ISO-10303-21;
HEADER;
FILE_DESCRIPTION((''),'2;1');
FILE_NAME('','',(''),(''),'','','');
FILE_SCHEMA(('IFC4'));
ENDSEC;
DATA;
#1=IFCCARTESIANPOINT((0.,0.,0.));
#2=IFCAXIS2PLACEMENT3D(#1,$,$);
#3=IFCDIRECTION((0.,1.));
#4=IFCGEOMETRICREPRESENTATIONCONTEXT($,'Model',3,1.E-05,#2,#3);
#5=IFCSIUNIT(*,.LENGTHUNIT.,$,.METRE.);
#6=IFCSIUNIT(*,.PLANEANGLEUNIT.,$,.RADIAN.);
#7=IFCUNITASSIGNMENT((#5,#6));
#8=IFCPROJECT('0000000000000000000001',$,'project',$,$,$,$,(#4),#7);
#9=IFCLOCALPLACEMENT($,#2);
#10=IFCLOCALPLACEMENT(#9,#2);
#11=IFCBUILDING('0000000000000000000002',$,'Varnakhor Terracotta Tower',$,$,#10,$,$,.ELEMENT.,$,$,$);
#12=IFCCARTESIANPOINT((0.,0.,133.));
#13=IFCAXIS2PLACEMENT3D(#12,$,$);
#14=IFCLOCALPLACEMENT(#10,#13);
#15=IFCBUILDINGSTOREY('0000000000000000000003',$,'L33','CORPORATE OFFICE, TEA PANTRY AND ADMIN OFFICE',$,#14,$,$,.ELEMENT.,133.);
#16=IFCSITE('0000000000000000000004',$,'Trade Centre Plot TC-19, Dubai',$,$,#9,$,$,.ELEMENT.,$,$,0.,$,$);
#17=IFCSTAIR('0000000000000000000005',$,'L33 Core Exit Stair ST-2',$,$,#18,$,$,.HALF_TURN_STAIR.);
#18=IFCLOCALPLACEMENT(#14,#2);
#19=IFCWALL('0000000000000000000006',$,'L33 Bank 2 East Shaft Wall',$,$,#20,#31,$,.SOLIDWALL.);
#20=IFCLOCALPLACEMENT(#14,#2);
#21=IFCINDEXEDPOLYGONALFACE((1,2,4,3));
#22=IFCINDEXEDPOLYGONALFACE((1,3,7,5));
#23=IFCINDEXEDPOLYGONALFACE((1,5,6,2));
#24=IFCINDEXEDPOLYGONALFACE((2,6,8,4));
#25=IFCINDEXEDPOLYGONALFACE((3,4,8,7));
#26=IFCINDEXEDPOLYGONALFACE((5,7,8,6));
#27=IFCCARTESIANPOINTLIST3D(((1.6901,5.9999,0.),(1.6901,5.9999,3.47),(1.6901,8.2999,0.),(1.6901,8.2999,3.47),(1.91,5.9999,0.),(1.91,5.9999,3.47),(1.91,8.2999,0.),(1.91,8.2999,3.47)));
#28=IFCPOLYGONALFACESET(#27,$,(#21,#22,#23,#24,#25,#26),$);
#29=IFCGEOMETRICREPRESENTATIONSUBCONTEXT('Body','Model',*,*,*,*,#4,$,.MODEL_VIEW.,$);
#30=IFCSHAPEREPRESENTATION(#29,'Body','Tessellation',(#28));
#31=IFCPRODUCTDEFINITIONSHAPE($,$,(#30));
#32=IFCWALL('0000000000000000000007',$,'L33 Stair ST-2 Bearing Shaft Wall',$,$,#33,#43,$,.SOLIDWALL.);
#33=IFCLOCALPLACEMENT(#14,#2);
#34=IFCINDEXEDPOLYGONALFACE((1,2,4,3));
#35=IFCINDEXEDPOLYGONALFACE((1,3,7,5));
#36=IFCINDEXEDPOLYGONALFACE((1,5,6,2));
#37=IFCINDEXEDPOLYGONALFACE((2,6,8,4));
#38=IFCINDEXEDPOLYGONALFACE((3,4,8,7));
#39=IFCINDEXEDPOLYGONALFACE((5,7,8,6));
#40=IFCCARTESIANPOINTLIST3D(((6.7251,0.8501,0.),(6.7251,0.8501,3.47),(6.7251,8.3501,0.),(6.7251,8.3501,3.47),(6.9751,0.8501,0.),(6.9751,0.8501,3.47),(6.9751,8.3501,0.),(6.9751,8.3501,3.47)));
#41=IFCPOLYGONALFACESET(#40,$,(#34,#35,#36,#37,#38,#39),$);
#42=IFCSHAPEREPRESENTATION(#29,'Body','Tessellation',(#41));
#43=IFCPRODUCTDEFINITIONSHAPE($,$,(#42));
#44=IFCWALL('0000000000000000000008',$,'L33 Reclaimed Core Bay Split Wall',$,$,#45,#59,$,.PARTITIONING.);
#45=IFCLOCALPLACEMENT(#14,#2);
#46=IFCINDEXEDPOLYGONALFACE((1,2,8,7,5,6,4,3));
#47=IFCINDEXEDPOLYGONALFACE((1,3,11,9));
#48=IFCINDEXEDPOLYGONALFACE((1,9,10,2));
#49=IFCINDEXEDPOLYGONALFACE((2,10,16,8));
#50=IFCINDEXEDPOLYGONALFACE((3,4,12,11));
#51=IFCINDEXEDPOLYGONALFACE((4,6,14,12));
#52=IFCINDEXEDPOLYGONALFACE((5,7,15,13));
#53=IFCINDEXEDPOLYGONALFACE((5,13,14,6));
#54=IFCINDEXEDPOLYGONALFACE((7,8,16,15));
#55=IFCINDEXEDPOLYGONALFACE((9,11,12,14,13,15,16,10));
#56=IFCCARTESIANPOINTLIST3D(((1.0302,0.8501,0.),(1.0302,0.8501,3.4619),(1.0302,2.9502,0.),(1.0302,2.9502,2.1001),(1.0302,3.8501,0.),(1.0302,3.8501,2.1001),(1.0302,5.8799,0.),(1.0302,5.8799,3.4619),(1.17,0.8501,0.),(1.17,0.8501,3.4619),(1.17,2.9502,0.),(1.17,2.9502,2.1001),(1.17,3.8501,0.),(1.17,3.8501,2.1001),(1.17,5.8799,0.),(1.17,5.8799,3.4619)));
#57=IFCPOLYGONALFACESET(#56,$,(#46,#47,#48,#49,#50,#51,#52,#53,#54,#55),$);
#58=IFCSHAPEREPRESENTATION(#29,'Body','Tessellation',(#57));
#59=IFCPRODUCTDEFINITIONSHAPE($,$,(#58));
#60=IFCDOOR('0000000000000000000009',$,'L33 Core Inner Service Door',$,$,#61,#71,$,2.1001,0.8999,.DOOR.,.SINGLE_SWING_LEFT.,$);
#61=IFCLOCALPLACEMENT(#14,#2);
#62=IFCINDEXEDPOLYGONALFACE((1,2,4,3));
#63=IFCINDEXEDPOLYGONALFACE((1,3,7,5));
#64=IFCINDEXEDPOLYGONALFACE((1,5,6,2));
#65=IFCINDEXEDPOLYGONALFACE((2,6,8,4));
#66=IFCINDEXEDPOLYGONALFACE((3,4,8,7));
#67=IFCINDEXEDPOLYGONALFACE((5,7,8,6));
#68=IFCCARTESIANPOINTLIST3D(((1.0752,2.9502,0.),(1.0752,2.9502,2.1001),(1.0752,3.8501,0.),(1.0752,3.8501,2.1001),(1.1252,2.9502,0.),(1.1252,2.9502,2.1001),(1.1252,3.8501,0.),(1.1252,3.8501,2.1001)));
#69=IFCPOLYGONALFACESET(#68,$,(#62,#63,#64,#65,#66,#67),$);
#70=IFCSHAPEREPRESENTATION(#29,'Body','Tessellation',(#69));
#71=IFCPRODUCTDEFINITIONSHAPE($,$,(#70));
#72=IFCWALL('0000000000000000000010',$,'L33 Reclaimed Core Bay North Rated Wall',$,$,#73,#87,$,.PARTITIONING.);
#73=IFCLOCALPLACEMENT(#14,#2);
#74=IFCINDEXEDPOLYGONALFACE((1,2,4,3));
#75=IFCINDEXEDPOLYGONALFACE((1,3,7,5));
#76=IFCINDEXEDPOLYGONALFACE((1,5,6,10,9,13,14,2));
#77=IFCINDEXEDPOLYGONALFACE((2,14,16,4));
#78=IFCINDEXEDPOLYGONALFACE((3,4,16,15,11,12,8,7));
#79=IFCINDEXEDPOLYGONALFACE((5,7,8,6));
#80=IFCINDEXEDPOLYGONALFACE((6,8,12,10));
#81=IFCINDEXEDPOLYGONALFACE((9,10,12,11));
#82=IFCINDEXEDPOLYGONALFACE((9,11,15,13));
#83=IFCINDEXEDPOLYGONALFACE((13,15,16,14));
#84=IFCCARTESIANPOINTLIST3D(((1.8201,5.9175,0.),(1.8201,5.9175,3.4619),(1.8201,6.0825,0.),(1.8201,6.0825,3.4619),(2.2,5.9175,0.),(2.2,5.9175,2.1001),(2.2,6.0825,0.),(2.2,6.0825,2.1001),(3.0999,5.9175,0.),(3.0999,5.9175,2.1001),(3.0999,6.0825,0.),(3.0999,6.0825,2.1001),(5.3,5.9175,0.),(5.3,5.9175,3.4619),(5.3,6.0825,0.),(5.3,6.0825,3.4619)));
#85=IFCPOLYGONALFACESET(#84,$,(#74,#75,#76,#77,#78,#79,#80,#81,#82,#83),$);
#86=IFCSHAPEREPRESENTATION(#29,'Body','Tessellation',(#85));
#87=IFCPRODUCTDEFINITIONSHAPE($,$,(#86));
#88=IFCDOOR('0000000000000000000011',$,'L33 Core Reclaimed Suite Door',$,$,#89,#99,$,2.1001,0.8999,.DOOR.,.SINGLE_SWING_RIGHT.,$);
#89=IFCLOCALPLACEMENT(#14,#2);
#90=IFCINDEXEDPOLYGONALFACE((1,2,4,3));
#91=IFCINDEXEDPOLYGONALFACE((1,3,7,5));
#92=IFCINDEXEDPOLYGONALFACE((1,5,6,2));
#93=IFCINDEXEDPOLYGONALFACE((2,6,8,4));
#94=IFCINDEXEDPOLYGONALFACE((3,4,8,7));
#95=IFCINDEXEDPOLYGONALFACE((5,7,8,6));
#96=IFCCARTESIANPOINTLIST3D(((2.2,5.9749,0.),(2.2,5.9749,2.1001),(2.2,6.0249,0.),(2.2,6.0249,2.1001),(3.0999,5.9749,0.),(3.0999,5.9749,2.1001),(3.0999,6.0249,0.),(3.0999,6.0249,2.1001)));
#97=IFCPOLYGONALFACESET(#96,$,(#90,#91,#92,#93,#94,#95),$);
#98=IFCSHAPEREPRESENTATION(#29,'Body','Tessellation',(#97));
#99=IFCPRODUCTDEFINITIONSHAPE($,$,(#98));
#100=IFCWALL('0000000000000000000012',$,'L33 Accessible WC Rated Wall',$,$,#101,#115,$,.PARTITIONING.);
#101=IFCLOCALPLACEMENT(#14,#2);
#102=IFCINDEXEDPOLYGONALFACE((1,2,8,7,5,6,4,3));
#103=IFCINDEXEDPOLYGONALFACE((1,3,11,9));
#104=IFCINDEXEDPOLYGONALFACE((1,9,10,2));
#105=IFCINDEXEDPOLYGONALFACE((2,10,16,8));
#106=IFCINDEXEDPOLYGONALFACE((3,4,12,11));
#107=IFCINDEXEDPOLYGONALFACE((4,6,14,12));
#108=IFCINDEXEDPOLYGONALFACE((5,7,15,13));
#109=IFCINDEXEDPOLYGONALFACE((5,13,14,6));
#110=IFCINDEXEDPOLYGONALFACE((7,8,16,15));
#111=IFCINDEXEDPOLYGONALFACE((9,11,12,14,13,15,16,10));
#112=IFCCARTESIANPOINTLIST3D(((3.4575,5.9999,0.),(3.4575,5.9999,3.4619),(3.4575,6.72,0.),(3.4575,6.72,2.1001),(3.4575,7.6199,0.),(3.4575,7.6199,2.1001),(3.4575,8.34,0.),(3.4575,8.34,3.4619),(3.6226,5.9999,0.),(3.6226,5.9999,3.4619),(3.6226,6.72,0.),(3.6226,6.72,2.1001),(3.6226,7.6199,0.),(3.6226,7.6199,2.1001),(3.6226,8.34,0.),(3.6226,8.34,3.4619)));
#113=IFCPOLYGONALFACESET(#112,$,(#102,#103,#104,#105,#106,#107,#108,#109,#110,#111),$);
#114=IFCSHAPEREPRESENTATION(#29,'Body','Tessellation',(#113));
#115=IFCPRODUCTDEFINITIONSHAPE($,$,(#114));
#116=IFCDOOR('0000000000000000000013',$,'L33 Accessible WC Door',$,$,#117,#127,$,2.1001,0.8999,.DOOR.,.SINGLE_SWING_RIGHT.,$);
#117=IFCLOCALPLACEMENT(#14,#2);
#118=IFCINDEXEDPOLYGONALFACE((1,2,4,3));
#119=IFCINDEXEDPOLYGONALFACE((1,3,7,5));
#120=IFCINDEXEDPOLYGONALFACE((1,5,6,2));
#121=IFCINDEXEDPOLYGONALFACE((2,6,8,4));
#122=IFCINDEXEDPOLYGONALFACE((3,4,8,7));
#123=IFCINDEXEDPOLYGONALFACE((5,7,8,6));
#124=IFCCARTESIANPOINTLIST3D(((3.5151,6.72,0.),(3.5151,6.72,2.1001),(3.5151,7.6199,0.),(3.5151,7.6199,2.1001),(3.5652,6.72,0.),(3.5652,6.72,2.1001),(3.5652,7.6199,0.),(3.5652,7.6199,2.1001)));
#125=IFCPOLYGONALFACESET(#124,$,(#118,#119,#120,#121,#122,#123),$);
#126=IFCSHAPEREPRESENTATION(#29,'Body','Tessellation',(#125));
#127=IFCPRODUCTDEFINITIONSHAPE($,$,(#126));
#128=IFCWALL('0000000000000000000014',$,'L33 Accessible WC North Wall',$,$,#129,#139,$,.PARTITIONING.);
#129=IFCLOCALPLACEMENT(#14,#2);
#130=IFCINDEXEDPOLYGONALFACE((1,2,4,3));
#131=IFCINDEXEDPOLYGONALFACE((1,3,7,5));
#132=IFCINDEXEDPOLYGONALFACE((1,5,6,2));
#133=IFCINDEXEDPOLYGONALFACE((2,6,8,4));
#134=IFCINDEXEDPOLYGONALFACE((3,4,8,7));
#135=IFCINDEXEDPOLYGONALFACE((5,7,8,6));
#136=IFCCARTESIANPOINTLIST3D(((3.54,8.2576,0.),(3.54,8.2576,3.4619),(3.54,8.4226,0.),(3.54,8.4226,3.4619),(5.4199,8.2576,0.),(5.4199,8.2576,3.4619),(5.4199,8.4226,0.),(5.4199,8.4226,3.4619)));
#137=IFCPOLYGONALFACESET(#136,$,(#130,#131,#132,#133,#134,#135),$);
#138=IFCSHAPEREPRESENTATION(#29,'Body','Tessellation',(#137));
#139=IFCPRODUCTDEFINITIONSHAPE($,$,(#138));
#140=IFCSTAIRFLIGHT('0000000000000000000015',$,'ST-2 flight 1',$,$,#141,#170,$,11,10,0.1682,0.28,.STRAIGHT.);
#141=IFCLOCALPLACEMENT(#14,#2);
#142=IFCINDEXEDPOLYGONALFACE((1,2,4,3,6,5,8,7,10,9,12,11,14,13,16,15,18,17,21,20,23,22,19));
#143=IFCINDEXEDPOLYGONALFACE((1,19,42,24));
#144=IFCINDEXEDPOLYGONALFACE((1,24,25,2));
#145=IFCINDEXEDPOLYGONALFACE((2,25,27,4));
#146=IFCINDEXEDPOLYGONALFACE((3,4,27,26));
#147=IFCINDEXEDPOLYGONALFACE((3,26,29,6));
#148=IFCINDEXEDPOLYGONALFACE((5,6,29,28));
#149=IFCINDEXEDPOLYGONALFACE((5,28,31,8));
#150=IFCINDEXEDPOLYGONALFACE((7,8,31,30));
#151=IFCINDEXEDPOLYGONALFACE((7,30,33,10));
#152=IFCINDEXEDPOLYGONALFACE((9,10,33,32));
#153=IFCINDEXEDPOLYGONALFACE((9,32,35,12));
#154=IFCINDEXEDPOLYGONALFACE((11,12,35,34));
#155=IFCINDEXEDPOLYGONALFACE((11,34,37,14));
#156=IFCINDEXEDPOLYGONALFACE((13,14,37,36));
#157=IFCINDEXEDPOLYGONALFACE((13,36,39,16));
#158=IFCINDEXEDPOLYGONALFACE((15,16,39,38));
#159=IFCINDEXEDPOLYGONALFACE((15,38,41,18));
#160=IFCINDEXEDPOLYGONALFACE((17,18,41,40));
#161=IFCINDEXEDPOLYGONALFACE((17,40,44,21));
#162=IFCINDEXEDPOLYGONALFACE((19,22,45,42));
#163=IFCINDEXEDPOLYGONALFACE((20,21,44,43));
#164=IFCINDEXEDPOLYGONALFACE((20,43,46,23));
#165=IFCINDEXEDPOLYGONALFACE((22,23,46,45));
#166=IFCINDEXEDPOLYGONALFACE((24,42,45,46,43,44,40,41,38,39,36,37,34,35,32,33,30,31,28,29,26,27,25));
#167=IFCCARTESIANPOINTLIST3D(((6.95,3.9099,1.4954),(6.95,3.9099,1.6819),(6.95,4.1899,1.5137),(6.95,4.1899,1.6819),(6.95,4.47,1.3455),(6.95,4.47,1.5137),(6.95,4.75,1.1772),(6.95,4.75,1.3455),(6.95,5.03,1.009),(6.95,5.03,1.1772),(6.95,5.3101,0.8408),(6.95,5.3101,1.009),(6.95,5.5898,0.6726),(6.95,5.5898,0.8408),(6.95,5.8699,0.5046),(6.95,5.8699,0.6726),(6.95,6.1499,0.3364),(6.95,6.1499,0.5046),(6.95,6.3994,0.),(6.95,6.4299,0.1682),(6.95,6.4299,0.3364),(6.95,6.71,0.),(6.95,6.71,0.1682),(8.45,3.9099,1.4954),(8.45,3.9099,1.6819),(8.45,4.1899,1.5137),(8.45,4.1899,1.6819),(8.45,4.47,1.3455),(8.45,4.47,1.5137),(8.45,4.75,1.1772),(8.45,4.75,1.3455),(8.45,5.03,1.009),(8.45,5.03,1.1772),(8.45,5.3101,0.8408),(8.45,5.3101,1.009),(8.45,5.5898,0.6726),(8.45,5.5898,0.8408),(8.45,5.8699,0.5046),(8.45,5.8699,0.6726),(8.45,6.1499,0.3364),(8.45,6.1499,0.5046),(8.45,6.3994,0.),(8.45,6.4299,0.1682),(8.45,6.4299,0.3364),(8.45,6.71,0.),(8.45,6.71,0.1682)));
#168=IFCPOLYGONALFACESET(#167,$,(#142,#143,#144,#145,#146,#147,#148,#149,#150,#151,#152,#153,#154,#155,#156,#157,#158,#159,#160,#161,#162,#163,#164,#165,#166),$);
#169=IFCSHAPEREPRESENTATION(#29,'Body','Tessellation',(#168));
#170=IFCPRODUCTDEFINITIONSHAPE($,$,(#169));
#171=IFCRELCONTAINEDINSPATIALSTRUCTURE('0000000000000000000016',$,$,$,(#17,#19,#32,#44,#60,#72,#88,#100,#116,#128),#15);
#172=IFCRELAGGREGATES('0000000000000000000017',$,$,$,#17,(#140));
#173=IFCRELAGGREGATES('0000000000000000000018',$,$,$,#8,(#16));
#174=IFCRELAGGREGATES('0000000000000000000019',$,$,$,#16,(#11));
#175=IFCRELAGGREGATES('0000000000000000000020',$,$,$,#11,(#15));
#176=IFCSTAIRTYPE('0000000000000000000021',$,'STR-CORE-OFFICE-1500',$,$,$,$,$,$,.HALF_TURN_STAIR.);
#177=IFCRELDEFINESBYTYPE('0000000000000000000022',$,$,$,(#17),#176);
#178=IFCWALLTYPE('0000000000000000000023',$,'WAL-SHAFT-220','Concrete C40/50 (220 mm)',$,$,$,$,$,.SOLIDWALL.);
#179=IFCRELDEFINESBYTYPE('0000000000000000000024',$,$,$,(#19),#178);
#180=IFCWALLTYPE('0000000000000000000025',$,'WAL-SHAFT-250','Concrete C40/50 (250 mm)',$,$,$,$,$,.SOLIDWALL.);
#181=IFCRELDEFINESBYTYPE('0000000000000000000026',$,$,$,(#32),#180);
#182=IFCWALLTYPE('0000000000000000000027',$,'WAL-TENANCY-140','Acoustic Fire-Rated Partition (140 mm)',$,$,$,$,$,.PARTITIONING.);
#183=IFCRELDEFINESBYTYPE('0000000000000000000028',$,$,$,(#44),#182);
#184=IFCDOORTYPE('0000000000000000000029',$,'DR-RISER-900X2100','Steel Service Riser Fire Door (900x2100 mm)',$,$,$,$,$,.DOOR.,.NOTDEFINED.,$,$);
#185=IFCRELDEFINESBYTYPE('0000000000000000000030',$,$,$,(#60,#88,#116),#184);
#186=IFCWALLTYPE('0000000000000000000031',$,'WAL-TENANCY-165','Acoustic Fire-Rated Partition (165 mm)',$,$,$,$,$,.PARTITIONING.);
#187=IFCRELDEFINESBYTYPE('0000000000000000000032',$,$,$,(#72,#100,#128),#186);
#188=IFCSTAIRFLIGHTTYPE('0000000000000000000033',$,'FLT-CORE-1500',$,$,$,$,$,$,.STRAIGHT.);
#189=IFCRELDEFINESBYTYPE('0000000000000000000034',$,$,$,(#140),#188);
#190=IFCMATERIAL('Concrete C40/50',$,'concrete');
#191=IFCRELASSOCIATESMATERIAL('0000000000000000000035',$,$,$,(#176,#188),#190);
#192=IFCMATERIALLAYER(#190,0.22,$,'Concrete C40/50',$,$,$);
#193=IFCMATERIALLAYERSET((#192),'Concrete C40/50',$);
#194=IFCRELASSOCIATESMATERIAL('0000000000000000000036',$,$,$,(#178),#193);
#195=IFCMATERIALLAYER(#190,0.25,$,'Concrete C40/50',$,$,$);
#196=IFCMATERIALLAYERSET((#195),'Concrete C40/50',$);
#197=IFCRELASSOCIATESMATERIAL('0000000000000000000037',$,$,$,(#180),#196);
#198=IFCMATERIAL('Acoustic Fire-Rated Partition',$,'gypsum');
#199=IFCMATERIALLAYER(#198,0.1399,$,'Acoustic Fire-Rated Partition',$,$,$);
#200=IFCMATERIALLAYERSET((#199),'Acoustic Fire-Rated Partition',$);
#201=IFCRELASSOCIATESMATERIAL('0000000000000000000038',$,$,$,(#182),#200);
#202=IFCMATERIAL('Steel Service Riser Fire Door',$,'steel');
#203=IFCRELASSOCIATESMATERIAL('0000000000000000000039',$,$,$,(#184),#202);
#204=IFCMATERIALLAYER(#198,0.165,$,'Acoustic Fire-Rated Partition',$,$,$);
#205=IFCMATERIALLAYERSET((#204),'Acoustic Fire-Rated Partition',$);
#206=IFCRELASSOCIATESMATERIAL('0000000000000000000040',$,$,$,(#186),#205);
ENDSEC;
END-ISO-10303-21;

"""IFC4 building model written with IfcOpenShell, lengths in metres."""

from ifc_helpers import new_model, si_unit, direction, frame, frame_2d, origin, place, context, subcontext, project, spatial, polyline, rectangle, outline, extrude, source, transform, mapped, material, layer, layer_set, type_object, type_shapes, element, fill, aggregate, save


model = new_model("IFC4")

# Units and contexts
model_context = context("Model", 3, precision=1e-05, world=origin(), true_north=direction((0.0, 1.0)))
body_context = subcontext(model_context, "Body", "Model", "MODEL_VIEW")
ifc_project = project(units=[si_unit("LENGTHUNIT", "METRE"), si_unit("PLANEANGLEUNIT", "RADIAN")], contexts=[model_context])

# Site, building, storey
site_placement = place(None, origin())
site = spatial("IfcSite", under=ifc_project, at=site_placement, Name="Trade Centre Plot TC-19, Dubai", CompositionType="ELEMENT", RefElevation=0.0)
building_placement = place(site_placement, origin())
building = spatial("IfcBuilding", under=site, at=building_placement, Name="Varnakhor Terracotta Tower", CompositionType="ELEMENT")
storey_placement = place(building_placement, frame((0.0, 0.0, 133.0)))
storey = spatial("IfcBuildingStorey", under=building, at=storey_placement, Name="L33", Description="CORPORATE OFFICE, TEA PANTRY AND ADMIN OFFICE", CompositionType="ELEMENT", Elevation=133.0)

# Stair
ifc_material_1 = material(Name="Concrete C40/50", Category="concrete")
stair_type = type_object("IfcStairType", Name="STR-CORE-OFFICE-1500", PredefinedType="HALF_TURN_STAIR", material=ifc_material_1)
stair_1_placement = place(storey_placement, origin())
stair_1 = element("IfcStair", 1, at=stair_1_placement, inside=storey, type_object=stair_type, Name="L33 Core Exit Stair ST-2", PredefinedType="HALF_TURN_STAIR")

# Walls
ifc_layer_1 = layer(ifc_material_1, 0.22, Name="Concrete C40/50")
ifc_layer_set_1 = layer_set([ifc_layer_1], Name="Concrete C40/50")
wall_type_1 = type_object("IfcWallType", Name="WAL-SHAFT-220", Description="Concrete C40/50 (220 mm)", PredefinedType="SOLIDWALL", material=ifc_layer_set_1)
wall_1_placement = place(storey_placement, frame((1.8, 6.0, 0.0), z_axis=(0.0, 0.0, 1.0), x_axis=(0.0, 1.0, 0.0)))
element("IfcWall", 2, at=wall_1_placement, inside=storey, type_object=wall_type_1, Name="L33 Bank 2 East Shaft Wall", PredefinedType="SOLIDWALL", context=body_context, shape_type="SweptSolid", body=[
    extrude(rectangle(XDim=2.3, YDim=0.22, at=frame_2d((1.1499, 0.0))), origin(), (0.0, 0.0, 1.0), 3.47),
])
ifc_layer_2 = layer(ifc_material_1, 0.25, Name="Concrete C40/50")
ifc_layer_set_2 = layer_set([ifc_layer_2], Name="Concrete C40/50")
wall_type_2 = type_object("IfcWallType", Name="WAL-SHAFT-250", Description="Concrete C40/50 (250 mm)", PredefinedType="SOLIDWALL", material=ifc_layer_set_2)
wall_2_placement = place(storey_placement, frame((6.8501, 0.8501, 0.0), z_axis=(0.0, 0.0, 1.0), x_axis=(0.0, 1.0, 0.0)))
element("IfcWall", 3, at=wall_2_placement, inside=storey, type_object=wall_type_2, Name="L33 Stair ST-2 Bearing Shaft Wall", PredefinedType="SOLIDWALL", context=body_context, shape_type="SweptSolid", body=[
    extrude(rectangle(XDim=7.5, YDim=0.25, at=frame_2d((3.75, 0.0))), origin(), (0.0, 0.0, 1.0), 3.47),
])

# Walls, openings, doors
ifc_material_2 = material(Name="Acoustic Fire-Rated Partition", Category="gypsum")
ifc_layer_3 = layer(ifc_material_2, 0.1399, Name="Acoustic Fire-Rated Partition")
ifc_layer_set_3 = layer_set([ifc_layer_3], Name="Acoustic Fire-Rated Partition")
wall_type_3 = type_object("IfcWallType", Name="WAL-TENANCY-140", Description="Acoustic Fire-Rated Partition (140 mm)", PredefinedType="PARTITIONING", material=ifc_layer_set_3)
wall_3_placement = place(storey_placement, frame((1.1001, 0.8501, 0.0), z_axis=(0.0, 0.0, 1.0), x_axis=(0.0, 1.0, 0.0)))
wall_3 = element("IfcWall", 4, at=wall_3_placement, inside=storey, type_object=wall_type_3, Name="L33 Reclaimed Core Bay Split Wall", PredefinedType="PARTITIONING", context=body_context, shape_type="SweptSolid", body=[
    extrude(rectangle(XDim=5.0298, YDim=0.1399, at=frame_2d((2.5149, 0.0))), origin(), (0.0, 0.0, 1.0), 3.4619),
])
opening_1_placement = place(wall_3_placement, frame((2.1001, 0.0, 0.0)))
opening_1 = element("IfcOpeningElement", 5, at=opening_1_placement, cuts=wall_3, PredefinedType="OPENING", context=body_context, shape_type="SweptSolid", body=[
    extrude(rectangle(XDim=0.8999, YDim=2.1001, at=frame_2d((0.45, 1.05))), frame((0.0, 0.0801, 0.0), z_axis=(0.0, -1.0, 0.0), x_axis=(1.0, 0.0, 0.0)), (0.0, 0.0, 1.0), 0.1599),
])
ifc_material_3 = material(Name="Steel Service Riser Fire Door", Category="steel")
door_type_1 = type_object("IfcDoorType", Name="DR-RISER-900X2100", Description="Steel Service Riser Fire Door (900x2100 mm)", OperationType="NOTDEFINED", PredefinedType="DOOR", material=ifc_material_3)
shared_shape_1 = source(origin(), body_context, "Body", "SweptSolid", [
    extrude(rectangle(XDim=0.8999, YDim=2.1001, at=frame_2d((0.45, 1.05))), frame((0.0, 0.0249, 0.0), z_axis=(0.0, -1.0, 0.0), x_axis=(1.0, 0.0, 0.0)), (0.0, 0.0, 1.0), 0.05),
])
type_shapes(door_type_1, [shared_shape_1])
door_1_placement = place(opening_1_placement, origin())
door_1 = element("IfcDoor", 6, at=door_1_placement, inside=storey, type_object=door_type_1, Name="L33 Core Inner Service Door", OperationType="SINGLE_SWING_LEFT", OverallHeight=2.1001, OverallWidth=0.8999, PredefinedType="DOOR", context=body_context, shape_type="MappedRepresentation", body=[
    mapped(shared_shape_1, transform((0.0, 0.0, 0.0), scale=1.0)),
])
fill(opening_1, door_1)
ifc_layer_4 = layer(ifc_material_2, 0.165, Name="Acoustic Fire-Rated Partition")
ifc_layer_set_4 = layer_set([ifc_layer_4], Name="Acoustic Fire-Rated Partition")
wall_type_4 = type_object("IfcWallType", Name="WAL-TENANCY-165", Description="Acoustic Fire-Rated Partition (165 mm)", PredefinedType="PARTITIONING", material=ifc_layer_set_4)
wall_4_placement = place(storey_placement, frame((1.8201, 6.0, 0.0), z_axis=(0.0, 0.0, 1.0), x_axis=(1.0, 0.0, 0.0)))
wall_4 = element("IfcWall", 7, at=wall_4_placement, inside=storey, type_object=wall_type_4, Name="L33 Reclaimed Core Bay North Rated Wall", PredefinedType="PARTITIONING", context=body_context, shape_type="SweptSolid", body=[
    extrude(rectangle(XDim=3.48, YDim=0.165, at=frame_2d((1.74, 0.0))), origin(), (0.0, 0.0, 1.0), 3.4619),
])
opening_2_placement = place(wall_4_placement, frame((0.3799, 0.0, 0.0)))
opening_2 = element("IfcOpeningElement", 8, at=opening_2_placement, cuts=wall_4, PredefinedType="OPENING", context=body_context, shape_type="SweptSolid", body=[
    extrude(rectangle(XDim=0.8999, YDim=2.1001, at=frame_2d((0.45, 1.05))), frame((0.0, 0.0925, 0.0), z_axis=(0.0, -1.0, 0.0), x_axis=(1.0, 0.0, 0.0)), (0.0, 0.0, 1.0), 0.1851),
])
door_2_placement = place(opening_2_placement, origin())
door_2 = element("IfcDoor", 9, at=door_2_placement, inside=storey, type_object=door_type_1, Name="L33 Core Reclaimed Suite Door", OperationType="SINGLE_SWING_RIGHT", OverallHeight=2.1001, OverallWidth=0.8999, PredefinedType="DOOR", context=body_context, shape_type="MappedRepresentation", body=[
    mapped(shared_shape_1, transform((0.0, 0.0, 0.0), scale=1.0)),
])
fill(opening_2, door_2)
wall_5_placement = place(storey_placement, frame((3.54, 6.0, 0.0), z_axis=(0.0, 0.0, 1.0), x_axis=(0.0, 1.0, 0.0)))
wall_5 = element("IfcWall", 10, at=wall_5_placement, inside=storey, type_object=wall_type_4, Name="L33 Accessible WC Rated Wall", PredefinedType="PARTITIONING", context=body_context, shape_type="SweptSolid", body=[
    extrude(rectangle(XDim=2.3401, YDim=0.165, at=frame_2d((1.1699, 0.0))), origin(), (0.0, 0.0, 1.0), 3.4619),
])
opening_3_placement = place(wall_5_placement, frame((0.72, 0.0, 0.0)))
opening_3 = element("IfcOpeningElement", 11, at=opening_3_placement, cuts=wall_5, PredefinedType="OPENING", context=body_context, shape_type="SweptSolid", body=[
    extrude(rectangle(XDim=0.8999, YDim=2.1001, at=frame_2d((0.45, 1.05))), frame((0.0, 0.0925, 0.0), z_axis=(0.0, -1.0, 0.0), x_axis=(1.0, 0.0, 0.0)), (0.0, 0.0, 1.0), 0.1851),
])
door_3_placement = place(opening_3_placement, origin())
door_3 = element("IfcDoor", 12, at=door_3_placement, inside=storey, type_object=door_type_1, Name="L33 Accessible WC Door", OperationType="SINGLE_SWING_RIGHT", OverallHeight=2.1001, OverallWidth=0.8999, PredefinedType="DOOR", context=body_context, shape_type="MappedRepresentation", body=[
    mapped(shared_shape_1, transform((0.0, 0.0, 0.0), scale=1.0)),
])
fill(opening_3, door_3)

# Wall
wall_6_placement = place(storey_placement, frame((3.54, 8.3401, 0.0), z_axis=(0.0, 0.0, 1.0), x_axis=(1.0, 0.0, 0.0)))
element("IfcWall", 13, at=wall_6_placement, inside=storey, type_object=wall_type_4, Name="L33 Accessible WC North Wall", PredefinedType="PARTITIONING", context=body_context, shape_type="SweptSolid", body=[
    extrude(rectangle(XDim=1.8799, YDim=0.165, at=frame_2d((0.9399, 0.0))), origin(), (0.0, 0.0, 1.0), 3.4619),
])

# Stair flight
stair_flight_type = type_object("IfcStairFlightType", Name="FLT-CORE-1500", PredefinedType="STRAIGHT", material=ifc_material_1)
stair_flight_placement = place(storey_placement, frame((7.7, 6.71, 0.0), z_axis=(0.0, 0.0, 1.0), x_axis=(0.0, -1.0, 0.0)))
stair_flight = element("IfcStairFlight", 14, at=stair_flight_placement, type_object=stair_flight_type, Name="ST-2 flight 1", NumberOfRisers=11, NumberOfTreads=10, PredefinedType="STRAIGHT", RiserHeight=0.1682, TreadLength=0.28, context=body_context, shape_type="SweptSolid", body=[
    extrude(outline(polyline([(0.0, 0.0), (0.0, 0.1682), (0.28, 0.1682), (0.28, 0.3364), (0.5601, 0.3364), (0.5601, 0.5046), (0.8401, 0.5046), (0.8401, 0.6726), (1.1201, 0.6726), (1.1201, 0.8408), (1.3999, 0.8408), (1.3999, 1.009), (1.6799, 1.009), (1.6799, 1.1772), (1.96, 1.1772), (1.96, 1.3455), (2.24, 1.3455), (2.24, 1.5137), (2.52, 1.5137), (2.52, 1.6819), (2.8, 1.6819), (2.8, 1.8501), (2.8, 1.4954), (0.3105, 0.0), (0.0, 0.0)])), frame((0.0, 0.75, 0.0), z_axis=(0.0, -1.0, 0.0), x_axis=(1.0, 0.0, 0.0)), (0.0, 0.0, 1.0), 1.5),
])
aggregate(stair_1, [stair_flight])

save(model, "model.ifc")
